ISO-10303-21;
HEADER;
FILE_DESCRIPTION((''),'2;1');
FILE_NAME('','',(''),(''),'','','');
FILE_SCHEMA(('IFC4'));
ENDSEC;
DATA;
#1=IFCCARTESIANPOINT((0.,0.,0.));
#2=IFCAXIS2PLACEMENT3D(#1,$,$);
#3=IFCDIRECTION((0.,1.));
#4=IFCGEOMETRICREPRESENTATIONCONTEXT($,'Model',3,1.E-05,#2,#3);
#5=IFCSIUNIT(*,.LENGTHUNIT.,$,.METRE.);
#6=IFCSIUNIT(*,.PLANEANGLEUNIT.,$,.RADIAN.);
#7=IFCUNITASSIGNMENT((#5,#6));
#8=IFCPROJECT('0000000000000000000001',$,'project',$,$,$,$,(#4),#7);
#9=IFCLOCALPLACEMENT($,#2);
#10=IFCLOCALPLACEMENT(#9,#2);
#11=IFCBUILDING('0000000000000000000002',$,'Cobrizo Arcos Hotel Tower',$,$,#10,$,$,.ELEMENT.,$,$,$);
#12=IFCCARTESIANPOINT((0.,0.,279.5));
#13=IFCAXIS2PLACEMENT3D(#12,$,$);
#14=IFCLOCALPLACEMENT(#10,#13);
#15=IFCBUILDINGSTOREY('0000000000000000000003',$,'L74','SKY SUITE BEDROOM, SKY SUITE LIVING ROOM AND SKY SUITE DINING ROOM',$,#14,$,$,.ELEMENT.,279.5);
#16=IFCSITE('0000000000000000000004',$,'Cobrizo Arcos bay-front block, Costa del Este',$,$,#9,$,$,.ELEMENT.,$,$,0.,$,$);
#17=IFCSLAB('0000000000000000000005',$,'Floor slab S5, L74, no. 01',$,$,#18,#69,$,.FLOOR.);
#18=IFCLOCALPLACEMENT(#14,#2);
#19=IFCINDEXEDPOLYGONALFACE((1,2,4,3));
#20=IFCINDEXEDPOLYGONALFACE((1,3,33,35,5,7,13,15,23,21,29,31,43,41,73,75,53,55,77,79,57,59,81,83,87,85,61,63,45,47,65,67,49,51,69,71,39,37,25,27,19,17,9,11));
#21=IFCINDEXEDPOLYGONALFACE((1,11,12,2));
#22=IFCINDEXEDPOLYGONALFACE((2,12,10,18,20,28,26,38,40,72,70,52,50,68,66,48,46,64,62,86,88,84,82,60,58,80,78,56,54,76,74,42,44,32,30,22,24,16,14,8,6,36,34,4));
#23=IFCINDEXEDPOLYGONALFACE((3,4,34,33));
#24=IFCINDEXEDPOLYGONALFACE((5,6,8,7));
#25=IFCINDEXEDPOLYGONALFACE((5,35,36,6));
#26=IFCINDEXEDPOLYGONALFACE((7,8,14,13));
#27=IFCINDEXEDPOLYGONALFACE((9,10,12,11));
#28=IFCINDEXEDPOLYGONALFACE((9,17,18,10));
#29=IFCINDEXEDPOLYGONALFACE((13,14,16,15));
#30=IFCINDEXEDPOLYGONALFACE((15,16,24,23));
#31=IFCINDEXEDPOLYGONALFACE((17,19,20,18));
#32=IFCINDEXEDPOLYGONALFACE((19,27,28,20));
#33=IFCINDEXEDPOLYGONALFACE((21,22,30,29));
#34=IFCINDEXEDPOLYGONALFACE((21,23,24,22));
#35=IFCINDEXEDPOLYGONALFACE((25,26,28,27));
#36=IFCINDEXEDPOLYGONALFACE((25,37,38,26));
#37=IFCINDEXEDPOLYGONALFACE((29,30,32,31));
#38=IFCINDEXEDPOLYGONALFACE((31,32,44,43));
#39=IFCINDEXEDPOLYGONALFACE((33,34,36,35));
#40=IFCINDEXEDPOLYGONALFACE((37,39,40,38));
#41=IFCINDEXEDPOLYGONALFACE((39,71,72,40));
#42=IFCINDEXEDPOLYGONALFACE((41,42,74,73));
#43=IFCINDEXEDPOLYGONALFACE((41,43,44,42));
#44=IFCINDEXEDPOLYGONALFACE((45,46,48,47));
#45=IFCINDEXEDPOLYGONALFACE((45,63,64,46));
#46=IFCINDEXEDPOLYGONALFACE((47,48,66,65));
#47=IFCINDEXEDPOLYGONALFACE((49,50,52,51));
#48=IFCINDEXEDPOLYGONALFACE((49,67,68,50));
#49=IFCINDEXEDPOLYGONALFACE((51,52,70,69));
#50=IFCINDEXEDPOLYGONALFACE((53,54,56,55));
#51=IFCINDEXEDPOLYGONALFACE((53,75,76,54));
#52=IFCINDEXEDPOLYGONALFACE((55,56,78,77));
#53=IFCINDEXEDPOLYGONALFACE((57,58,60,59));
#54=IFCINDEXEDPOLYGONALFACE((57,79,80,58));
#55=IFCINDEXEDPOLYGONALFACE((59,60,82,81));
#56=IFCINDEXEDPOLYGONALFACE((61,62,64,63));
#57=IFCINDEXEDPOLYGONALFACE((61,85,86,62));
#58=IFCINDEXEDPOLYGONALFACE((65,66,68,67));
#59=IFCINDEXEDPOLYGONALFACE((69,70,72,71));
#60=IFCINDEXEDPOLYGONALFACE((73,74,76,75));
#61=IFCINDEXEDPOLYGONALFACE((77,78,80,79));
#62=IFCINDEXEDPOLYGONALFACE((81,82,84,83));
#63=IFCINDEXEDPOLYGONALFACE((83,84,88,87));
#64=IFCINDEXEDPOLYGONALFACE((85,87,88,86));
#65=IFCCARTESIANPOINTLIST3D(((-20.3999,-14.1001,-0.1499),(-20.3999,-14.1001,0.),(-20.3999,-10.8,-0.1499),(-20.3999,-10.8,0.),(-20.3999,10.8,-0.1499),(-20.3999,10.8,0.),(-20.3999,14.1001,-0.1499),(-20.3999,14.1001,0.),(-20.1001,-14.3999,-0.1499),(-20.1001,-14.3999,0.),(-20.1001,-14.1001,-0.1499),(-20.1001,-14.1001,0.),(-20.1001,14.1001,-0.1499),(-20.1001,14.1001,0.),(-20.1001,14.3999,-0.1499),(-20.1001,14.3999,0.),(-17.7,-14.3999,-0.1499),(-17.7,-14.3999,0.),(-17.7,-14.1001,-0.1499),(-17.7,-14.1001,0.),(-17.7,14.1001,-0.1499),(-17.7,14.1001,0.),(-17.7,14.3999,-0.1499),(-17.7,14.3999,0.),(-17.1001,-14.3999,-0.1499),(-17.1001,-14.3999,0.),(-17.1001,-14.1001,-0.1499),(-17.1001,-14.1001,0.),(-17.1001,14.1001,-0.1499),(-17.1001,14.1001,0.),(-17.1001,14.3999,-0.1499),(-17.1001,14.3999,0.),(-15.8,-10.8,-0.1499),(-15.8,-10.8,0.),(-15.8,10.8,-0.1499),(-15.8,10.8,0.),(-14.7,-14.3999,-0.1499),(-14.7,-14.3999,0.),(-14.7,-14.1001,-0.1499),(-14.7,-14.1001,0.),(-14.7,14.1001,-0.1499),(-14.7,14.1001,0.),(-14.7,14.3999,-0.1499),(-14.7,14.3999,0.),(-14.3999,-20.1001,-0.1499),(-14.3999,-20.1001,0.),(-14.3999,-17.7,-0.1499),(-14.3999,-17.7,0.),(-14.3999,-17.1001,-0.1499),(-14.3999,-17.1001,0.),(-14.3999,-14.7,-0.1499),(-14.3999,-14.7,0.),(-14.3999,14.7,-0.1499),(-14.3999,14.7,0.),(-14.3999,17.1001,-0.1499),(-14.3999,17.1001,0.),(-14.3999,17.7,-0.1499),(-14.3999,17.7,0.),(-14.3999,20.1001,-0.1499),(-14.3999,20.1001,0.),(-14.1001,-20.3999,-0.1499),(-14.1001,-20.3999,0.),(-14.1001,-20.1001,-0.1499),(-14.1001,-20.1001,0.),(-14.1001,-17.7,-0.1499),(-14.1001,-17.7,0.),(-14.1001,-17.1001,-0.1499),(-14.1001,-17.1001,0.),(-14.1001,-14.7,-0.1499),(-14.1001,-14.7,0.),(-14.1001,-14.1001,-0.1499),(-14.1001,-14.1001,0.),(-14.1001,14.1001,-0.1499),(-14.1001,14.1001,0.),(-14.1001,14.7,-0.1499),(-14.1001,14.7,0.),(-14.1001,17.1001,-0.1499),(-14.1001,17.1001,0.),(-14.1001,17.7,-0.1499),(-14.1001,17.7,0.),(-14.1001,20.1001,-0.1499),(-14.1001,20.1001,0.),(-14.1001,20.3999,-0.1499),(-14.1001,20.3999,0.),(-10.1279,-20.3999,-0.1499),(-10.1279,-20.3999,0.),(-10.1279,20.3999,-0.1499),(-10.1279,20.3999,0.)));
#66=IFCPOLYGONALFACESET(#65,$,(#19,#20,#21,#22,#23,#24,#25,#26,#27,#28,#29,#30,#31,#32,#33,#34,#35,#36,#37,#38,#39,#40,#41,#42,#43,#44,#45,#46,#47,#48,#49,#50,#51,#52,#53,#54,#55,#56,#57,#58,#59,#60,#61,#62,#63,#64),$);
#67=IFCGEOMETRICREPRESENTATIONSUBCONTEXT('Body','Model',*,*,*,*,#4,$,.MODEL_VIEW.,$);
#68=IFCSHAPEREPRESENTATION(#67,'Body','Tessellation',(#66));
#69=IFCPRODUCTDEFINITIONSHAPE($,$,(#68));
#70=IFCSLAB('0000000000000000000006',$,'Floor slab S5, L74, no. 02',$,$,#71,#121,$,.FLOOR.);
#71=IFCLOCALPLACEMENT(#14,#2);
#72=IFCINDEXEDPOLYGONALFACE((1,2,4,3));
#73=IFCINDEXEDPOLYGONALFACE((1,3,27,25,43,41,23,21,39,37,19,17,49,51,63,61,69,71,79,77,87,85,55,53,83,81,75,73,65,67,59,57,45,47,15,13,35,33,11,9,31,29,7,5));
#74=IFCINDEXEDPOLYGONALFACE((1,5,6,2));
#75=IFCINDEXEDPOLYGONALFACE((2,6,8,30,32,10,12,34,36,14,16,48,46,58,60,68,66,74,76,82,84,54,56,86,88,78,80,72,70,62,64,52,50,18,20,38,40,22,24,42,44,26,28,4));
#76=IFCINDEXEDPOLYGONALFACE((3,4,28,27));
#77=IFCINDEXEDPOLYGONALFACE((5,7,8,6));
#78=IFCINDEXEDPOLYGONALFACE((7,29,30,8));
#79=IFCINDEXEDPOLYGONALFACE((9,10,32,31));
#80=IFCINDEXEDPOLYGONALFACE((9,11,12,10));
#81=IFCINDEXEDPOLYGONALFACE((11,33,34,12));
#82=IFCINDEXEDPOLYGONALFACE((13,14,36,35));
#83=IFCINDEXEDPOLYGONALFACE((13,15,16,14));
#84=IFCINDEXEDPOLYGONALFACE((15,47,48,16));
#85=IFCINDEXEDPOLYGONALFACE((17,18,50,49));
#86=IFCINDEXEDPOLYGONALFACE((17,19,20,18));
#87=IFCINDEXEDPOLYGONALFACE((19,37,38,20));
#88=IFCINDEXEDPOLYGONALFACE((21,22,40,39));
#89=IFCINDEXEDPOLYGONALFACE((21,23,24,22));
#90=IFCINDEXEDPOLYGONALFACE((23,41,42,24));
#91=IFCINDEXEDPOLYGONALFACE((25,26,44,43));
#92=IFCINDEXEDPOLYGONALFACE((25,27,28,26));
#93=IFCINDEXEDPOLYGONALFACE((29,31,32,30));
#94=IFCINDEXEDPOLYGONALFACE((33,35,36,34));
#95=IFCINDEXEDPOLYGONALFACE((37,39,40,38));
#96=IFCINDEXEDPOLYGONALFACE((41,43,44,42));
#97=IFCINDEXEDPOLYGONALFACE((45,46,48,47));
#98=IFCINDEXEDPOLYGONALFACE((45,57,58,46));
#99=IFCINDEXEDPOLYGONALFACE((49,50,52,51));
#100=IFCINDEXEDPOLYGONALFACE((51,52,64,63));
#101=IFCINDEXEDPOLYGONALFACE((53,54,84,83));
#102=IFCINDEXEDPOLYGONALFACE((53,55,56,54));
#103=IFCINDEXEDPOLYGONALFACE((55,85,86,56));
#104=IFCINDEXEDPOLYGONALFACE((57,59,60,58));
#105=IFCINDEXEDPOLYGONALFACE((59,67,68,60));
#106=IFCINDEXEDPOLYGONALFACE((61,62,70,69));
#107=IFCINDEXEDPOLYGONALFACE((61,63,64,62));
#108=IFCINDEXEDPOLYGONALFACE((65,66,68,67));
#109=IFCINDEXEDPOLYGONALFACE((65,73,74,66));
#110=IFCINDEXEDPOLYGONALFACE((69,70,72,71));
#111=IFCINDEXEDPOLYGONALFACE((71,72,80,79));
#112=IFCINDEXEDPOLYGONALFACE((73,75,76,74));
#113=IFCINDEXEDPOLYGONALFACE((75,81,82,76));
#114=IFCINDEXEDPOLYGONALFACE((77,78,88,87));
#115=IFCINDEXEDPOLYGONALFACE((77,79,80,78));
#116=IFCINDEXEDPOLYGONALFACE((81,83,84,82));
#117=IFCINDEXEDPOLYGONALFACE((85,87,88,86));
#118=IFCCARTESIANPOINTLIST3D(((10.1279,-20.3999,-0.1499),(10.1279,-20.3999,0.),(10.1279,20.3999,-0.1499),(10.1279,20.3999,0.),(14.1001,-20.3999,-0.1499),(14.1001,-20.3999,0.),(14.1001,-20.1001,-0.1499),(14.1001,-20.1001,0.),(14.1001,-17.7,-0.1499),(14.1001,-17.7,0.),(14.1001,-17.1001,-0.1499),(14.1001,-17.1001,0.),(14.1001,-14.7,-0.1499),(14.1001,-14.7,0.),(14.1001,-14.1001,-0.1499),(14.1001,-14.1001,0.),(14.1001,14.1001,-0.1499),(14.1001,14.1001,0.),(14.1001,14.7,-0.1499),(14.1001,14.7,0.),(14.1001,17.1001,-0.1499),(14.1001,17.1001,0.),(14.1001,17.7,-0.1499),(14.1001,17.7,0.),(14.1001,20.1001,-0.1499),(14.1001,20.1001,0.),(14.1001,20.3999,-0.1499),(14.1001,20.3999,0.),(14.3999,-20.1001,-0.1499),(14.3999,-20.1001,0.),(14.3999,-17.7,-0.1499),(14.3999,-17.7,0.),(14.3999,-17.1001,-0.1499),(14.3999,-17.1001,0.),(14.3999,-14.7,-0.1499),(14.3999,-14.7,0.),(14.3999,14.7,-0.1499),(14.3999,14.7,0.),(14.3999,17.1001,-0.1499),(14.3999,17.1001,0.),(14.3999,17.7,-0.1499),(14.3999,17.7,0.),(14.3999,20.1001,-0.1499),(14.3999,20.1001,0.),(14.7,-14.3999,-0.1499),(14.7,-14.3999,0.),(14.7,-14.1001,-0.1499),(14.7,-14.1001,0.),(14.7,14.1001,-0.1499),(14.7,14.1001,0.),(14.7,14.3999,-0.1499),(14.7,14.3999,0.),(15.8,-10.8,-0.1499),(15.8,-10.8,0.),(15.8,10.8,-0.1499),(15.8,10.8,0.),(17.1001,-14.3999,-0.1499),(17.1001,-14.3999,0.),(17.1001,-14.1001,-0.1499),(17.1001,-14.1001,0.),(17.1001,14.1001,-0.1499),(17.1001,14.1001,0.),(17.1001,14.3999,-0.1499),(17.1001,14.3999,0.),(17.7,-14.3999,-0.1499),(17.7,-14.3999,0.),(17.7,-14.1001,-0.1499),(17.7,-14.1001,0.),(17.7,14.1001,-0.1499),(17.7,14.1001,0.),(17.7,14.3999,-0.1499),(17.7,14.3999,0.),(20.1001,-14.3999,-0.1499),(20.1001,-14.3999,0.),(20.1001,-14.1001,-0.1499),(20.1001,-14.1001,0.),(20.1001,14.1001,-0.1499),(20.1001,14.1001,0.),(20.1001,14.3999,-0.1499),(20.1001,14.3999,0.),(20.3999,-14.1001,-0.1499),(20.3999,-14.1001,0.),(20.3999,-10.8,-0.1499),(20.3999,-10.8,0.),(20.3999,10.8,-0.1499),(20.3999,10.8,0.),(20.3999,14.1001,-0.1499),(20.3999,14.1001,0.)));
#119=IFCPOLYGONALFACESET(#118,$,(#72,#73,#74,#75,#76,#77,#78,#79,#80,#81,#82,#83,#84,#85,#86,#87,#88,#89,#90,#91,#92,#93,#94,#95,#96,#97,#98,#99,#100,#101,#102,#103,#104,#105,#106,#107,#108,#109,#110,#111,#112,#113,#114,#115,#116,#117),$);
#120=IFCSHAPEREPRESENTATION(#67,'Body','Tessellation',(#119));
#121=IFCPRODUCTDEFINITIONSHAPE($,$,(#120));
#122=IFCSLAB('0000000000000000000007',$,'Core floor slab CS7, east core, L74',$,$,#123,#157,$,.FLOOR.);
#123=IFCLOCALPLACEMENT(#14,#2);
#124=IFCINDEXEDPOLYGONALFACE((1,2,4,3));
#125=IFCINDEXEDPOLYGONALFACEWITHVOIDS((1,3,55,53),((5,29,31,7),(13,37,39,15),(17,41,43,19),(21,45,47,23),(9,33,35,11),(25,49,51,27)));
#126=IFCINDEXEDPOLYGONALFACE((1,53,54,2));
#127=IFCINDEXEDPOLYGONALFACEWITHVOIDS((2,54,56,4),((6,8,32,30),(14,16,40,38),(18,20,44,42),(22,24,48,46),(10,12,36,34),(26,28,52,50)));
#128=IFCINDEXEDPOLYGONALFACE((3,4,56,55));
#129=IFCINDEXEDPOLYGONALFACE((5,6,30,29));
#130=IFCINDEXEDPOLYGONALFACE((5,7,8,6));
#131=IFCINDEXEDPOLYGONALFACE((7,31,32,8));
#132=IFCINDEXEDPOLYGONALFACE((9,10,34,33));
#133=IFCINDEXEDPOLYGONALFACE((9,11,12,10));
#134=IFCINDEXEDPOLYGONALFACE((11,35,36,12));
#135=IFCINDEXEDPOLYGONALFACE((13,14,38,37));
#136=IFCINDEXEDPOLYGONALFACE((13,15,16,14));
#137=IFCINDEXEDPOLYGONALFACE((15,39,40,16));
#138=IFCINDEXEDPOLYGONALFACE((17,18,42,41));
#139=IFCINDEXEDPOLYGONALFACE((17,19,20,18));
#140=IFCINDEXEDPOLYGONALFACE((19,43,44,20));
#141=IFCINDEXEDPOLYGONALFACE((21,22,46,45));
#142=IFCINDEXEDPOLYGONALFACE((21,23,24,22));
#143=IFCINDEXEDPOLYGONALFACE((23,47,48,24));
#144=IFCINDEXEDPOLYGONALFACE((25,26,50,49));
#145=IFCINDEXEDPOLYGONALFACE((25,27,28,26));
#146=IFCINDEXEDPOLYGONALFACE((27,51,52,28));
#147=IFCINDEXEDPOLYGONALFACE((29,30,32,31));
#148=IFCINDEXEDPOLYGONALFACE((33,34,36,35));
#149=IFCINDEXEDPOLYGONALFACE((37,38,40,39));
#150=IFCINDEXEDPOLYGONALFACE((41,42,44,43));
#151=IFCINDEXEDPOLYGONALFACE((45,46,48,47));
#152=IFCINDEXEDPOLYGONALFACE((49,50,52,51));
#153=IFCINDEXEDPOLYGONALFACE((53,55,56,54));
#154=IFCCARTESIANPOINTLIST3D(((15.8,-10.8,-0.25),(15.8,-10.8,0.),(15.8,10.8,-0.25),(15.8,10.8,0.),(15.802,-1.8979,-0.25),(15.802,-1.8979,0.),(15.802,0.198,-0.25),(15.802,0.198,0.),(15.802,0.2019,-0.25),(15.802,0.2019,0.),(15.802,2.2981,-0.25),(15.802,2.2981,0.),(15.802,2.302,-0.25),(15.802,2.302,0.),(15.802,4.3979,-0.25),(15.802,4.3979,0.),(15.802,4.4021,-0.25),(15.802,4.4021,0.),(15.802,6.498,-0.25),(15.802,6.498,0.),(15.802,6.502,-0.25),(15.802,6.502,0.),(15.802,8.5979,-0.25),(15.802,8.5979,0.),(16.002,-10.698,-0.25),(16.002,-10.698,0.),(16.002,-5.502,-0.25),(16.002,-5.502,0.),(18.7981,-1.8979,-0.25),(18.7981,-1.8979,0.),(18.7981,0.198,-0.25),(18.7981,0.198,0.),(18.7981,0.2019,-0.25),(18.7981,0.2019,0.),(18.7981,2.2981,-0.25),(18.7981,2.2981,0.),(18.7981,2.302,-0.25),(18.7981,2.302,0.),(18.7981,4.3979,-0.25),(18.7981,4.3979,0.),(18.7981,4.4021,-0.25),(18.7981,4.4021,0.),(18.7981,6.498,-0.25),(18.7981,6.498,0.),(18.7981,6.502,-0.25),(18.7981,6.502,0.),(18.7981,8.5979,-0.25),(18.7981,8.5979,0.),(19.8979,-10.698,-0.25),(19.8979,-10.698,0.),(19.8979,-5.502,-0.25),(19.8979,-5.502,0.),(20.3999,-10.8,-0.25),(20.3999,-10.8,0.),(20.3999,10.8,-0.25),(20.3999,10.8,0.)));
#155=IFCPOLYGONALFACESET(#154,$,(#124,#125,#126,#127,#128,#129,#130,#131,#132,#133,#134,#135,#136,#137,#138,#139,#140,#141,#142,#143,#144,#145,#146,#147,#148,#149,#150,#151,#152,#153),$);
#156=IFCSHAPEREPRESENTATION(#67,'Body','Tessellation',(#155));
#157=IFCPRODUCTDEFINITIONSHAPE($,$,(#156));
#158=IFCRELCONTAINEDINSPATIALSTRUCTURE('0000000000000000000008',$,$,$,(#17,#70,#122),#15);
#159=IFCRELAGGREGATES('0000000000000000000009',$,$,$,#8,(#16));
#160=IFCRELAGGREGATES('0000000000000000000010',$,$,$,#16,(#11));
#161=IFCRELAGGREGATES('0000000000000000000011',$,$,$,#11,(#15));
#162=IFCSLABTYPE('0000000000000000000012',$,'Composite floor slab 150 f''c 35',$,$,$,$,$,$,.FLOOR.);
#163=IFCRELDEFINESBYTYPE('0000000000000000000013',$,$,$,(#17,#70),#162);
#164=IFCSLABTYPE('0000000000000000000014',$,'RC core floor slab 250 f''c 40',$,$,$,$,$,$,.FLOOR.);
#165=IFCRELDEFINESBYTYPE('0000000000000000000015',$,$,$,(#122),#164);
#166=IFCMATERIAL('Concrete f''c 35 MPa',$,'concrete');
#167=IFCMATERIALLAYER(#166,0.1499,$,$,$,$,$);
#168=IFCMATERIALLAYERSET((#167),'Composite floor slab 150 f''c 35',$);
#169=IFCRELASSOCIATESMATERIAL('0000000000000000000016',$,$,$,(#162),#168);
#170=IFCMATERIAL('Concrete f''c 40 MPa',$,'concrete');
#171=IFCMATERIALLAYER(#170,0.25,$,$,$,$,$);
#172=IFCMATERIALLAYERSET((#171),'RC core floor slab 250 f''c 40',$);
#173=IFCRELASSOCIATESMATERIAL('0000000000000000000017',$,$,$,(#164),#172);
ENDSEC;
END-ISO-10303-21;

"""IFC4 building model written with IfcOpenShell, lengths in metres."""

from ifc_helpers import new_model, si_unit, direction, frame, origin, place, context, subcontext, project, spatial, polyline, outline, extrude, material, layer, layer_set, type_object, element, save


model = new_model("IFC4")

# Units and contexts
model_context = context("Model", 3, precision=1e-05, world=origin(), true_north=direction((0.0, 1.0)))
body_context = subcontext(model_context, "Body", "Model", "MODEL_VIEW")
ifc_project = project(units=[si_unit("LENGTHUNIT", "METRE"), si_unit("PLANEANGLEUNIT", "RADIAN")], contexts=[model_context])

# Site, building, storey
site_placement = place(None, origin())
site = spatial("IfcSite", under=ifc_project, at=site_placement, Name="Cobrizo Arcos bay-front block, Costa del Este", CompositionType="ELEMENT", RefElevation=0.0)
building_placement = place(site_placement, origin())
building = spatial("IfcBuilding", under=site, at=building_placement, Name="Cobrizo Arcos Hotel Tower", CompositionType="ELEMENT")
storey_placement = place(building_placement, frame((0.0, 0.0, 279.5)))
storey = spatial("IfcBuildingStorey", under=building, at=storey_placement, Name="L74", Description="SKY SUITE BEDROOM, SKY SUITE LIVING ROOM AND SKY SUITE DINING ROOM", CompositionType="ELEMENT", Elevation=279.5)

# Slabs
ifc_material_1 = material(Name="Concrete f'c 35 MPa", Category="concrete")
ifc_layer_1 = layer(ifc_material_1, 0.1499)
ifc_layer_set_1 = layer_set([ifc_layer_1], Name="Composite floor slab 150 f'c 35")
slab_type_1 = type_object("IfcSlabType", Name="Composite floor slab 150 f'c 35", PredefinedType="FLOOR", material=ifc_layer_set_1)
slab_1_placement = place(storey_placement, frame((0.0, 0.0, -0.1499)))
element("IfcSlab", 1, at=slab_1_placement, inside=storey, type_object=slab_type_1, Name="Floor slab S5, L74, no. 01", PredefinedType="FLOOR", context=body_context, shape_type="SweptSolid", body=[
    extrude(outline(polyline([(-14.3999, -17.7), (-14.1001, -17.7), (-14.1001, -17.1001), (-14.3999, -17.1001), (-14.3999, -14.7), (-14.1001, -14.7), (-14.1001, -14.1001), (-14.7, -14.1001), (-14.7, -14.3999), (-17.1001, -14.3999), (-17.1001, -14.1001), (-17.7, -14.1001), (-17.7, -14.3999), (-20.1001, -14.3999), (-20.1001, -14.1001), (-20.3999, -14.1001), (-20.3999, -10.8), (-15.8, -10.8), (-15.8, 10.8), (-20.3999, 10.8), (-20.3999, 14.1001), (-20.1001, 14.1001), (-20.1001, 14.3999), (-17.7, 14.3999), (-17.7, 14.1001), (-17.1001, 14.1001), (-17.1001, 14.3999), (-14.7, 14.3999), (-14.7, 14.1001), (-14.1001, 14.1001), (-14.1001, 14.7), (-14.3999, 14.7), (-14.3999, 17.1001), (-14.1001, 17.1001), (-14.1001, 17.7), (-14.3999, 17.7), (-14.3999, 20.1001), (-14.1001, 20.1001), (-14.1001, 20.3999), (-10.1279, 20.3999), (-10.1279, -20.3999), (-14.1001, -20.3999), (-14.1001, -20.1001), (-14.3999, -20.1001), (-14.3999, -17.7)])), origin(), (0.0, 0.0, 1.0), 0.1499),
])
slab_2_placement = place(storey_placement, frame((0.0, 0.0, -0.1499)))
element("IfcSlab", 2, at=slab_2_placement, inside=storey, type_object=slab_type_1, Name="Floor slab S5, L74, no. 02", PredefinedType="FLOOR", context=body_context, shape_type="SweptSolid", body=[
    extrude(outline(polyline([(14.3999, 17.7), (14.1001, 17.7), (14.1001, 17.1001), (14.3999, 17.1001), (14.3999, 14.7), (14.1001, 14.7), (14.1001, 14.1001), (14.7, 14.1001), (14.7, 14.3999), (17.1001, 14.3999), (17.1001, 14.1001), (17.7, 14.1001), (17.7, 14.3999), (20.1001, 14.3999), (20.1001, 14.1001), (20.3999, 14.1001), (20.3999, 10.8), (15.8, 10.8), (15.8, -10.8), (20.3999, -10.8), (20.3999, -14.1001), (20.1001, -14.1001), (20.1001, -14.3999), (17.7, -14.3999), (17.7, -14.1001), (17.1001, -14.1001), (17.1001, -14.3999), (14.7, -14.3999), (14.7, -14.1001), (14.1001, -14.1001), (14.1001, -14.7), (14.3999, -14.7), (14.3999, -17.1001), (14.1001, -17.1001), (14.1001, -17.7), (14.3999, -17.7), (14.3999, -20.1001), (14.1001, -20.1001), (14.1001, -20.3999), (10.1279, -20.3999), (10.1279, 20.3999), (14.1001, 20.3999), (14.1001, 20.1001), (14.3999, 20.1001), (14.3999, 17.7)])), origin(), (0.0, 0.0, 1.0), 0.1499),
])
ifc_material_2 = material(Name="Concrete f'c 40 MPa", Category="concrete")
ifc_layer_2 = layer(ifc_material_2, 0.25)
ifc_layer_set_2 = layer_set([ifc_layer_2], Name="RC core floor slab 250 f'c 40")
slab_type_2 = type_object("IfcSlabType", Name="RC core floor slab 250 f'c 40", PredefinedType="FLOOR", material=ifc_layer_set_2)
slab_3_placement = place(storey_placement, frame((0.0, 0.0, -0.25)))
element("IfcSlab", 3, at=slab_3_placement, inside=storey, type_object=slab_type_2, Name="Core floor slab CS7, east core, L74", PredefinedType="FLOOR", context=body_context, shape_type="SweptSolid", body=[
    extrude(outline(polyline([(15.8, 10.8), (20.3999, 10.8), (20.3999, -10.8), (15.8, -10.8), (15.8, 10.8)]), holes=[polyline([(19.8979, -10.698), (19.8979, -5.502), (16.002, -5.502), (16.002, -10.698), (19.8979, -10.698)]), polyline([(15.802, 0.198), (15.802, -1.8979), (18.7981, -1.8979), (18.7981, 0.198), (15.802, 0.198)]), polyline([(15.802, 2.2981), (15.802, 0.2019), (18.7981, 0.2019), (18.7981, 2.2981), (15.802, 2.2981)]), polyline([(15.802, 4.3979), (15.802, 2.302), (18.7981, 2.302), (18.7981, 4.3979), (15.802, 4.3979)]), polyline([(18.7981, 6.498), (15.802, 6.498), (15.802, 4.4021), (18.7981, 4.4021), (18.7981, 6.498)]), polyline([(18.7981, 8.5979), (15.802, 8.5979), (15.802, 6.502), (18.7981, 6.502), (18.7981, 8.5979)])]), origin(), (0.0, 0.0, 1.0), 0.25),
])

save(model, "model.ifc")
